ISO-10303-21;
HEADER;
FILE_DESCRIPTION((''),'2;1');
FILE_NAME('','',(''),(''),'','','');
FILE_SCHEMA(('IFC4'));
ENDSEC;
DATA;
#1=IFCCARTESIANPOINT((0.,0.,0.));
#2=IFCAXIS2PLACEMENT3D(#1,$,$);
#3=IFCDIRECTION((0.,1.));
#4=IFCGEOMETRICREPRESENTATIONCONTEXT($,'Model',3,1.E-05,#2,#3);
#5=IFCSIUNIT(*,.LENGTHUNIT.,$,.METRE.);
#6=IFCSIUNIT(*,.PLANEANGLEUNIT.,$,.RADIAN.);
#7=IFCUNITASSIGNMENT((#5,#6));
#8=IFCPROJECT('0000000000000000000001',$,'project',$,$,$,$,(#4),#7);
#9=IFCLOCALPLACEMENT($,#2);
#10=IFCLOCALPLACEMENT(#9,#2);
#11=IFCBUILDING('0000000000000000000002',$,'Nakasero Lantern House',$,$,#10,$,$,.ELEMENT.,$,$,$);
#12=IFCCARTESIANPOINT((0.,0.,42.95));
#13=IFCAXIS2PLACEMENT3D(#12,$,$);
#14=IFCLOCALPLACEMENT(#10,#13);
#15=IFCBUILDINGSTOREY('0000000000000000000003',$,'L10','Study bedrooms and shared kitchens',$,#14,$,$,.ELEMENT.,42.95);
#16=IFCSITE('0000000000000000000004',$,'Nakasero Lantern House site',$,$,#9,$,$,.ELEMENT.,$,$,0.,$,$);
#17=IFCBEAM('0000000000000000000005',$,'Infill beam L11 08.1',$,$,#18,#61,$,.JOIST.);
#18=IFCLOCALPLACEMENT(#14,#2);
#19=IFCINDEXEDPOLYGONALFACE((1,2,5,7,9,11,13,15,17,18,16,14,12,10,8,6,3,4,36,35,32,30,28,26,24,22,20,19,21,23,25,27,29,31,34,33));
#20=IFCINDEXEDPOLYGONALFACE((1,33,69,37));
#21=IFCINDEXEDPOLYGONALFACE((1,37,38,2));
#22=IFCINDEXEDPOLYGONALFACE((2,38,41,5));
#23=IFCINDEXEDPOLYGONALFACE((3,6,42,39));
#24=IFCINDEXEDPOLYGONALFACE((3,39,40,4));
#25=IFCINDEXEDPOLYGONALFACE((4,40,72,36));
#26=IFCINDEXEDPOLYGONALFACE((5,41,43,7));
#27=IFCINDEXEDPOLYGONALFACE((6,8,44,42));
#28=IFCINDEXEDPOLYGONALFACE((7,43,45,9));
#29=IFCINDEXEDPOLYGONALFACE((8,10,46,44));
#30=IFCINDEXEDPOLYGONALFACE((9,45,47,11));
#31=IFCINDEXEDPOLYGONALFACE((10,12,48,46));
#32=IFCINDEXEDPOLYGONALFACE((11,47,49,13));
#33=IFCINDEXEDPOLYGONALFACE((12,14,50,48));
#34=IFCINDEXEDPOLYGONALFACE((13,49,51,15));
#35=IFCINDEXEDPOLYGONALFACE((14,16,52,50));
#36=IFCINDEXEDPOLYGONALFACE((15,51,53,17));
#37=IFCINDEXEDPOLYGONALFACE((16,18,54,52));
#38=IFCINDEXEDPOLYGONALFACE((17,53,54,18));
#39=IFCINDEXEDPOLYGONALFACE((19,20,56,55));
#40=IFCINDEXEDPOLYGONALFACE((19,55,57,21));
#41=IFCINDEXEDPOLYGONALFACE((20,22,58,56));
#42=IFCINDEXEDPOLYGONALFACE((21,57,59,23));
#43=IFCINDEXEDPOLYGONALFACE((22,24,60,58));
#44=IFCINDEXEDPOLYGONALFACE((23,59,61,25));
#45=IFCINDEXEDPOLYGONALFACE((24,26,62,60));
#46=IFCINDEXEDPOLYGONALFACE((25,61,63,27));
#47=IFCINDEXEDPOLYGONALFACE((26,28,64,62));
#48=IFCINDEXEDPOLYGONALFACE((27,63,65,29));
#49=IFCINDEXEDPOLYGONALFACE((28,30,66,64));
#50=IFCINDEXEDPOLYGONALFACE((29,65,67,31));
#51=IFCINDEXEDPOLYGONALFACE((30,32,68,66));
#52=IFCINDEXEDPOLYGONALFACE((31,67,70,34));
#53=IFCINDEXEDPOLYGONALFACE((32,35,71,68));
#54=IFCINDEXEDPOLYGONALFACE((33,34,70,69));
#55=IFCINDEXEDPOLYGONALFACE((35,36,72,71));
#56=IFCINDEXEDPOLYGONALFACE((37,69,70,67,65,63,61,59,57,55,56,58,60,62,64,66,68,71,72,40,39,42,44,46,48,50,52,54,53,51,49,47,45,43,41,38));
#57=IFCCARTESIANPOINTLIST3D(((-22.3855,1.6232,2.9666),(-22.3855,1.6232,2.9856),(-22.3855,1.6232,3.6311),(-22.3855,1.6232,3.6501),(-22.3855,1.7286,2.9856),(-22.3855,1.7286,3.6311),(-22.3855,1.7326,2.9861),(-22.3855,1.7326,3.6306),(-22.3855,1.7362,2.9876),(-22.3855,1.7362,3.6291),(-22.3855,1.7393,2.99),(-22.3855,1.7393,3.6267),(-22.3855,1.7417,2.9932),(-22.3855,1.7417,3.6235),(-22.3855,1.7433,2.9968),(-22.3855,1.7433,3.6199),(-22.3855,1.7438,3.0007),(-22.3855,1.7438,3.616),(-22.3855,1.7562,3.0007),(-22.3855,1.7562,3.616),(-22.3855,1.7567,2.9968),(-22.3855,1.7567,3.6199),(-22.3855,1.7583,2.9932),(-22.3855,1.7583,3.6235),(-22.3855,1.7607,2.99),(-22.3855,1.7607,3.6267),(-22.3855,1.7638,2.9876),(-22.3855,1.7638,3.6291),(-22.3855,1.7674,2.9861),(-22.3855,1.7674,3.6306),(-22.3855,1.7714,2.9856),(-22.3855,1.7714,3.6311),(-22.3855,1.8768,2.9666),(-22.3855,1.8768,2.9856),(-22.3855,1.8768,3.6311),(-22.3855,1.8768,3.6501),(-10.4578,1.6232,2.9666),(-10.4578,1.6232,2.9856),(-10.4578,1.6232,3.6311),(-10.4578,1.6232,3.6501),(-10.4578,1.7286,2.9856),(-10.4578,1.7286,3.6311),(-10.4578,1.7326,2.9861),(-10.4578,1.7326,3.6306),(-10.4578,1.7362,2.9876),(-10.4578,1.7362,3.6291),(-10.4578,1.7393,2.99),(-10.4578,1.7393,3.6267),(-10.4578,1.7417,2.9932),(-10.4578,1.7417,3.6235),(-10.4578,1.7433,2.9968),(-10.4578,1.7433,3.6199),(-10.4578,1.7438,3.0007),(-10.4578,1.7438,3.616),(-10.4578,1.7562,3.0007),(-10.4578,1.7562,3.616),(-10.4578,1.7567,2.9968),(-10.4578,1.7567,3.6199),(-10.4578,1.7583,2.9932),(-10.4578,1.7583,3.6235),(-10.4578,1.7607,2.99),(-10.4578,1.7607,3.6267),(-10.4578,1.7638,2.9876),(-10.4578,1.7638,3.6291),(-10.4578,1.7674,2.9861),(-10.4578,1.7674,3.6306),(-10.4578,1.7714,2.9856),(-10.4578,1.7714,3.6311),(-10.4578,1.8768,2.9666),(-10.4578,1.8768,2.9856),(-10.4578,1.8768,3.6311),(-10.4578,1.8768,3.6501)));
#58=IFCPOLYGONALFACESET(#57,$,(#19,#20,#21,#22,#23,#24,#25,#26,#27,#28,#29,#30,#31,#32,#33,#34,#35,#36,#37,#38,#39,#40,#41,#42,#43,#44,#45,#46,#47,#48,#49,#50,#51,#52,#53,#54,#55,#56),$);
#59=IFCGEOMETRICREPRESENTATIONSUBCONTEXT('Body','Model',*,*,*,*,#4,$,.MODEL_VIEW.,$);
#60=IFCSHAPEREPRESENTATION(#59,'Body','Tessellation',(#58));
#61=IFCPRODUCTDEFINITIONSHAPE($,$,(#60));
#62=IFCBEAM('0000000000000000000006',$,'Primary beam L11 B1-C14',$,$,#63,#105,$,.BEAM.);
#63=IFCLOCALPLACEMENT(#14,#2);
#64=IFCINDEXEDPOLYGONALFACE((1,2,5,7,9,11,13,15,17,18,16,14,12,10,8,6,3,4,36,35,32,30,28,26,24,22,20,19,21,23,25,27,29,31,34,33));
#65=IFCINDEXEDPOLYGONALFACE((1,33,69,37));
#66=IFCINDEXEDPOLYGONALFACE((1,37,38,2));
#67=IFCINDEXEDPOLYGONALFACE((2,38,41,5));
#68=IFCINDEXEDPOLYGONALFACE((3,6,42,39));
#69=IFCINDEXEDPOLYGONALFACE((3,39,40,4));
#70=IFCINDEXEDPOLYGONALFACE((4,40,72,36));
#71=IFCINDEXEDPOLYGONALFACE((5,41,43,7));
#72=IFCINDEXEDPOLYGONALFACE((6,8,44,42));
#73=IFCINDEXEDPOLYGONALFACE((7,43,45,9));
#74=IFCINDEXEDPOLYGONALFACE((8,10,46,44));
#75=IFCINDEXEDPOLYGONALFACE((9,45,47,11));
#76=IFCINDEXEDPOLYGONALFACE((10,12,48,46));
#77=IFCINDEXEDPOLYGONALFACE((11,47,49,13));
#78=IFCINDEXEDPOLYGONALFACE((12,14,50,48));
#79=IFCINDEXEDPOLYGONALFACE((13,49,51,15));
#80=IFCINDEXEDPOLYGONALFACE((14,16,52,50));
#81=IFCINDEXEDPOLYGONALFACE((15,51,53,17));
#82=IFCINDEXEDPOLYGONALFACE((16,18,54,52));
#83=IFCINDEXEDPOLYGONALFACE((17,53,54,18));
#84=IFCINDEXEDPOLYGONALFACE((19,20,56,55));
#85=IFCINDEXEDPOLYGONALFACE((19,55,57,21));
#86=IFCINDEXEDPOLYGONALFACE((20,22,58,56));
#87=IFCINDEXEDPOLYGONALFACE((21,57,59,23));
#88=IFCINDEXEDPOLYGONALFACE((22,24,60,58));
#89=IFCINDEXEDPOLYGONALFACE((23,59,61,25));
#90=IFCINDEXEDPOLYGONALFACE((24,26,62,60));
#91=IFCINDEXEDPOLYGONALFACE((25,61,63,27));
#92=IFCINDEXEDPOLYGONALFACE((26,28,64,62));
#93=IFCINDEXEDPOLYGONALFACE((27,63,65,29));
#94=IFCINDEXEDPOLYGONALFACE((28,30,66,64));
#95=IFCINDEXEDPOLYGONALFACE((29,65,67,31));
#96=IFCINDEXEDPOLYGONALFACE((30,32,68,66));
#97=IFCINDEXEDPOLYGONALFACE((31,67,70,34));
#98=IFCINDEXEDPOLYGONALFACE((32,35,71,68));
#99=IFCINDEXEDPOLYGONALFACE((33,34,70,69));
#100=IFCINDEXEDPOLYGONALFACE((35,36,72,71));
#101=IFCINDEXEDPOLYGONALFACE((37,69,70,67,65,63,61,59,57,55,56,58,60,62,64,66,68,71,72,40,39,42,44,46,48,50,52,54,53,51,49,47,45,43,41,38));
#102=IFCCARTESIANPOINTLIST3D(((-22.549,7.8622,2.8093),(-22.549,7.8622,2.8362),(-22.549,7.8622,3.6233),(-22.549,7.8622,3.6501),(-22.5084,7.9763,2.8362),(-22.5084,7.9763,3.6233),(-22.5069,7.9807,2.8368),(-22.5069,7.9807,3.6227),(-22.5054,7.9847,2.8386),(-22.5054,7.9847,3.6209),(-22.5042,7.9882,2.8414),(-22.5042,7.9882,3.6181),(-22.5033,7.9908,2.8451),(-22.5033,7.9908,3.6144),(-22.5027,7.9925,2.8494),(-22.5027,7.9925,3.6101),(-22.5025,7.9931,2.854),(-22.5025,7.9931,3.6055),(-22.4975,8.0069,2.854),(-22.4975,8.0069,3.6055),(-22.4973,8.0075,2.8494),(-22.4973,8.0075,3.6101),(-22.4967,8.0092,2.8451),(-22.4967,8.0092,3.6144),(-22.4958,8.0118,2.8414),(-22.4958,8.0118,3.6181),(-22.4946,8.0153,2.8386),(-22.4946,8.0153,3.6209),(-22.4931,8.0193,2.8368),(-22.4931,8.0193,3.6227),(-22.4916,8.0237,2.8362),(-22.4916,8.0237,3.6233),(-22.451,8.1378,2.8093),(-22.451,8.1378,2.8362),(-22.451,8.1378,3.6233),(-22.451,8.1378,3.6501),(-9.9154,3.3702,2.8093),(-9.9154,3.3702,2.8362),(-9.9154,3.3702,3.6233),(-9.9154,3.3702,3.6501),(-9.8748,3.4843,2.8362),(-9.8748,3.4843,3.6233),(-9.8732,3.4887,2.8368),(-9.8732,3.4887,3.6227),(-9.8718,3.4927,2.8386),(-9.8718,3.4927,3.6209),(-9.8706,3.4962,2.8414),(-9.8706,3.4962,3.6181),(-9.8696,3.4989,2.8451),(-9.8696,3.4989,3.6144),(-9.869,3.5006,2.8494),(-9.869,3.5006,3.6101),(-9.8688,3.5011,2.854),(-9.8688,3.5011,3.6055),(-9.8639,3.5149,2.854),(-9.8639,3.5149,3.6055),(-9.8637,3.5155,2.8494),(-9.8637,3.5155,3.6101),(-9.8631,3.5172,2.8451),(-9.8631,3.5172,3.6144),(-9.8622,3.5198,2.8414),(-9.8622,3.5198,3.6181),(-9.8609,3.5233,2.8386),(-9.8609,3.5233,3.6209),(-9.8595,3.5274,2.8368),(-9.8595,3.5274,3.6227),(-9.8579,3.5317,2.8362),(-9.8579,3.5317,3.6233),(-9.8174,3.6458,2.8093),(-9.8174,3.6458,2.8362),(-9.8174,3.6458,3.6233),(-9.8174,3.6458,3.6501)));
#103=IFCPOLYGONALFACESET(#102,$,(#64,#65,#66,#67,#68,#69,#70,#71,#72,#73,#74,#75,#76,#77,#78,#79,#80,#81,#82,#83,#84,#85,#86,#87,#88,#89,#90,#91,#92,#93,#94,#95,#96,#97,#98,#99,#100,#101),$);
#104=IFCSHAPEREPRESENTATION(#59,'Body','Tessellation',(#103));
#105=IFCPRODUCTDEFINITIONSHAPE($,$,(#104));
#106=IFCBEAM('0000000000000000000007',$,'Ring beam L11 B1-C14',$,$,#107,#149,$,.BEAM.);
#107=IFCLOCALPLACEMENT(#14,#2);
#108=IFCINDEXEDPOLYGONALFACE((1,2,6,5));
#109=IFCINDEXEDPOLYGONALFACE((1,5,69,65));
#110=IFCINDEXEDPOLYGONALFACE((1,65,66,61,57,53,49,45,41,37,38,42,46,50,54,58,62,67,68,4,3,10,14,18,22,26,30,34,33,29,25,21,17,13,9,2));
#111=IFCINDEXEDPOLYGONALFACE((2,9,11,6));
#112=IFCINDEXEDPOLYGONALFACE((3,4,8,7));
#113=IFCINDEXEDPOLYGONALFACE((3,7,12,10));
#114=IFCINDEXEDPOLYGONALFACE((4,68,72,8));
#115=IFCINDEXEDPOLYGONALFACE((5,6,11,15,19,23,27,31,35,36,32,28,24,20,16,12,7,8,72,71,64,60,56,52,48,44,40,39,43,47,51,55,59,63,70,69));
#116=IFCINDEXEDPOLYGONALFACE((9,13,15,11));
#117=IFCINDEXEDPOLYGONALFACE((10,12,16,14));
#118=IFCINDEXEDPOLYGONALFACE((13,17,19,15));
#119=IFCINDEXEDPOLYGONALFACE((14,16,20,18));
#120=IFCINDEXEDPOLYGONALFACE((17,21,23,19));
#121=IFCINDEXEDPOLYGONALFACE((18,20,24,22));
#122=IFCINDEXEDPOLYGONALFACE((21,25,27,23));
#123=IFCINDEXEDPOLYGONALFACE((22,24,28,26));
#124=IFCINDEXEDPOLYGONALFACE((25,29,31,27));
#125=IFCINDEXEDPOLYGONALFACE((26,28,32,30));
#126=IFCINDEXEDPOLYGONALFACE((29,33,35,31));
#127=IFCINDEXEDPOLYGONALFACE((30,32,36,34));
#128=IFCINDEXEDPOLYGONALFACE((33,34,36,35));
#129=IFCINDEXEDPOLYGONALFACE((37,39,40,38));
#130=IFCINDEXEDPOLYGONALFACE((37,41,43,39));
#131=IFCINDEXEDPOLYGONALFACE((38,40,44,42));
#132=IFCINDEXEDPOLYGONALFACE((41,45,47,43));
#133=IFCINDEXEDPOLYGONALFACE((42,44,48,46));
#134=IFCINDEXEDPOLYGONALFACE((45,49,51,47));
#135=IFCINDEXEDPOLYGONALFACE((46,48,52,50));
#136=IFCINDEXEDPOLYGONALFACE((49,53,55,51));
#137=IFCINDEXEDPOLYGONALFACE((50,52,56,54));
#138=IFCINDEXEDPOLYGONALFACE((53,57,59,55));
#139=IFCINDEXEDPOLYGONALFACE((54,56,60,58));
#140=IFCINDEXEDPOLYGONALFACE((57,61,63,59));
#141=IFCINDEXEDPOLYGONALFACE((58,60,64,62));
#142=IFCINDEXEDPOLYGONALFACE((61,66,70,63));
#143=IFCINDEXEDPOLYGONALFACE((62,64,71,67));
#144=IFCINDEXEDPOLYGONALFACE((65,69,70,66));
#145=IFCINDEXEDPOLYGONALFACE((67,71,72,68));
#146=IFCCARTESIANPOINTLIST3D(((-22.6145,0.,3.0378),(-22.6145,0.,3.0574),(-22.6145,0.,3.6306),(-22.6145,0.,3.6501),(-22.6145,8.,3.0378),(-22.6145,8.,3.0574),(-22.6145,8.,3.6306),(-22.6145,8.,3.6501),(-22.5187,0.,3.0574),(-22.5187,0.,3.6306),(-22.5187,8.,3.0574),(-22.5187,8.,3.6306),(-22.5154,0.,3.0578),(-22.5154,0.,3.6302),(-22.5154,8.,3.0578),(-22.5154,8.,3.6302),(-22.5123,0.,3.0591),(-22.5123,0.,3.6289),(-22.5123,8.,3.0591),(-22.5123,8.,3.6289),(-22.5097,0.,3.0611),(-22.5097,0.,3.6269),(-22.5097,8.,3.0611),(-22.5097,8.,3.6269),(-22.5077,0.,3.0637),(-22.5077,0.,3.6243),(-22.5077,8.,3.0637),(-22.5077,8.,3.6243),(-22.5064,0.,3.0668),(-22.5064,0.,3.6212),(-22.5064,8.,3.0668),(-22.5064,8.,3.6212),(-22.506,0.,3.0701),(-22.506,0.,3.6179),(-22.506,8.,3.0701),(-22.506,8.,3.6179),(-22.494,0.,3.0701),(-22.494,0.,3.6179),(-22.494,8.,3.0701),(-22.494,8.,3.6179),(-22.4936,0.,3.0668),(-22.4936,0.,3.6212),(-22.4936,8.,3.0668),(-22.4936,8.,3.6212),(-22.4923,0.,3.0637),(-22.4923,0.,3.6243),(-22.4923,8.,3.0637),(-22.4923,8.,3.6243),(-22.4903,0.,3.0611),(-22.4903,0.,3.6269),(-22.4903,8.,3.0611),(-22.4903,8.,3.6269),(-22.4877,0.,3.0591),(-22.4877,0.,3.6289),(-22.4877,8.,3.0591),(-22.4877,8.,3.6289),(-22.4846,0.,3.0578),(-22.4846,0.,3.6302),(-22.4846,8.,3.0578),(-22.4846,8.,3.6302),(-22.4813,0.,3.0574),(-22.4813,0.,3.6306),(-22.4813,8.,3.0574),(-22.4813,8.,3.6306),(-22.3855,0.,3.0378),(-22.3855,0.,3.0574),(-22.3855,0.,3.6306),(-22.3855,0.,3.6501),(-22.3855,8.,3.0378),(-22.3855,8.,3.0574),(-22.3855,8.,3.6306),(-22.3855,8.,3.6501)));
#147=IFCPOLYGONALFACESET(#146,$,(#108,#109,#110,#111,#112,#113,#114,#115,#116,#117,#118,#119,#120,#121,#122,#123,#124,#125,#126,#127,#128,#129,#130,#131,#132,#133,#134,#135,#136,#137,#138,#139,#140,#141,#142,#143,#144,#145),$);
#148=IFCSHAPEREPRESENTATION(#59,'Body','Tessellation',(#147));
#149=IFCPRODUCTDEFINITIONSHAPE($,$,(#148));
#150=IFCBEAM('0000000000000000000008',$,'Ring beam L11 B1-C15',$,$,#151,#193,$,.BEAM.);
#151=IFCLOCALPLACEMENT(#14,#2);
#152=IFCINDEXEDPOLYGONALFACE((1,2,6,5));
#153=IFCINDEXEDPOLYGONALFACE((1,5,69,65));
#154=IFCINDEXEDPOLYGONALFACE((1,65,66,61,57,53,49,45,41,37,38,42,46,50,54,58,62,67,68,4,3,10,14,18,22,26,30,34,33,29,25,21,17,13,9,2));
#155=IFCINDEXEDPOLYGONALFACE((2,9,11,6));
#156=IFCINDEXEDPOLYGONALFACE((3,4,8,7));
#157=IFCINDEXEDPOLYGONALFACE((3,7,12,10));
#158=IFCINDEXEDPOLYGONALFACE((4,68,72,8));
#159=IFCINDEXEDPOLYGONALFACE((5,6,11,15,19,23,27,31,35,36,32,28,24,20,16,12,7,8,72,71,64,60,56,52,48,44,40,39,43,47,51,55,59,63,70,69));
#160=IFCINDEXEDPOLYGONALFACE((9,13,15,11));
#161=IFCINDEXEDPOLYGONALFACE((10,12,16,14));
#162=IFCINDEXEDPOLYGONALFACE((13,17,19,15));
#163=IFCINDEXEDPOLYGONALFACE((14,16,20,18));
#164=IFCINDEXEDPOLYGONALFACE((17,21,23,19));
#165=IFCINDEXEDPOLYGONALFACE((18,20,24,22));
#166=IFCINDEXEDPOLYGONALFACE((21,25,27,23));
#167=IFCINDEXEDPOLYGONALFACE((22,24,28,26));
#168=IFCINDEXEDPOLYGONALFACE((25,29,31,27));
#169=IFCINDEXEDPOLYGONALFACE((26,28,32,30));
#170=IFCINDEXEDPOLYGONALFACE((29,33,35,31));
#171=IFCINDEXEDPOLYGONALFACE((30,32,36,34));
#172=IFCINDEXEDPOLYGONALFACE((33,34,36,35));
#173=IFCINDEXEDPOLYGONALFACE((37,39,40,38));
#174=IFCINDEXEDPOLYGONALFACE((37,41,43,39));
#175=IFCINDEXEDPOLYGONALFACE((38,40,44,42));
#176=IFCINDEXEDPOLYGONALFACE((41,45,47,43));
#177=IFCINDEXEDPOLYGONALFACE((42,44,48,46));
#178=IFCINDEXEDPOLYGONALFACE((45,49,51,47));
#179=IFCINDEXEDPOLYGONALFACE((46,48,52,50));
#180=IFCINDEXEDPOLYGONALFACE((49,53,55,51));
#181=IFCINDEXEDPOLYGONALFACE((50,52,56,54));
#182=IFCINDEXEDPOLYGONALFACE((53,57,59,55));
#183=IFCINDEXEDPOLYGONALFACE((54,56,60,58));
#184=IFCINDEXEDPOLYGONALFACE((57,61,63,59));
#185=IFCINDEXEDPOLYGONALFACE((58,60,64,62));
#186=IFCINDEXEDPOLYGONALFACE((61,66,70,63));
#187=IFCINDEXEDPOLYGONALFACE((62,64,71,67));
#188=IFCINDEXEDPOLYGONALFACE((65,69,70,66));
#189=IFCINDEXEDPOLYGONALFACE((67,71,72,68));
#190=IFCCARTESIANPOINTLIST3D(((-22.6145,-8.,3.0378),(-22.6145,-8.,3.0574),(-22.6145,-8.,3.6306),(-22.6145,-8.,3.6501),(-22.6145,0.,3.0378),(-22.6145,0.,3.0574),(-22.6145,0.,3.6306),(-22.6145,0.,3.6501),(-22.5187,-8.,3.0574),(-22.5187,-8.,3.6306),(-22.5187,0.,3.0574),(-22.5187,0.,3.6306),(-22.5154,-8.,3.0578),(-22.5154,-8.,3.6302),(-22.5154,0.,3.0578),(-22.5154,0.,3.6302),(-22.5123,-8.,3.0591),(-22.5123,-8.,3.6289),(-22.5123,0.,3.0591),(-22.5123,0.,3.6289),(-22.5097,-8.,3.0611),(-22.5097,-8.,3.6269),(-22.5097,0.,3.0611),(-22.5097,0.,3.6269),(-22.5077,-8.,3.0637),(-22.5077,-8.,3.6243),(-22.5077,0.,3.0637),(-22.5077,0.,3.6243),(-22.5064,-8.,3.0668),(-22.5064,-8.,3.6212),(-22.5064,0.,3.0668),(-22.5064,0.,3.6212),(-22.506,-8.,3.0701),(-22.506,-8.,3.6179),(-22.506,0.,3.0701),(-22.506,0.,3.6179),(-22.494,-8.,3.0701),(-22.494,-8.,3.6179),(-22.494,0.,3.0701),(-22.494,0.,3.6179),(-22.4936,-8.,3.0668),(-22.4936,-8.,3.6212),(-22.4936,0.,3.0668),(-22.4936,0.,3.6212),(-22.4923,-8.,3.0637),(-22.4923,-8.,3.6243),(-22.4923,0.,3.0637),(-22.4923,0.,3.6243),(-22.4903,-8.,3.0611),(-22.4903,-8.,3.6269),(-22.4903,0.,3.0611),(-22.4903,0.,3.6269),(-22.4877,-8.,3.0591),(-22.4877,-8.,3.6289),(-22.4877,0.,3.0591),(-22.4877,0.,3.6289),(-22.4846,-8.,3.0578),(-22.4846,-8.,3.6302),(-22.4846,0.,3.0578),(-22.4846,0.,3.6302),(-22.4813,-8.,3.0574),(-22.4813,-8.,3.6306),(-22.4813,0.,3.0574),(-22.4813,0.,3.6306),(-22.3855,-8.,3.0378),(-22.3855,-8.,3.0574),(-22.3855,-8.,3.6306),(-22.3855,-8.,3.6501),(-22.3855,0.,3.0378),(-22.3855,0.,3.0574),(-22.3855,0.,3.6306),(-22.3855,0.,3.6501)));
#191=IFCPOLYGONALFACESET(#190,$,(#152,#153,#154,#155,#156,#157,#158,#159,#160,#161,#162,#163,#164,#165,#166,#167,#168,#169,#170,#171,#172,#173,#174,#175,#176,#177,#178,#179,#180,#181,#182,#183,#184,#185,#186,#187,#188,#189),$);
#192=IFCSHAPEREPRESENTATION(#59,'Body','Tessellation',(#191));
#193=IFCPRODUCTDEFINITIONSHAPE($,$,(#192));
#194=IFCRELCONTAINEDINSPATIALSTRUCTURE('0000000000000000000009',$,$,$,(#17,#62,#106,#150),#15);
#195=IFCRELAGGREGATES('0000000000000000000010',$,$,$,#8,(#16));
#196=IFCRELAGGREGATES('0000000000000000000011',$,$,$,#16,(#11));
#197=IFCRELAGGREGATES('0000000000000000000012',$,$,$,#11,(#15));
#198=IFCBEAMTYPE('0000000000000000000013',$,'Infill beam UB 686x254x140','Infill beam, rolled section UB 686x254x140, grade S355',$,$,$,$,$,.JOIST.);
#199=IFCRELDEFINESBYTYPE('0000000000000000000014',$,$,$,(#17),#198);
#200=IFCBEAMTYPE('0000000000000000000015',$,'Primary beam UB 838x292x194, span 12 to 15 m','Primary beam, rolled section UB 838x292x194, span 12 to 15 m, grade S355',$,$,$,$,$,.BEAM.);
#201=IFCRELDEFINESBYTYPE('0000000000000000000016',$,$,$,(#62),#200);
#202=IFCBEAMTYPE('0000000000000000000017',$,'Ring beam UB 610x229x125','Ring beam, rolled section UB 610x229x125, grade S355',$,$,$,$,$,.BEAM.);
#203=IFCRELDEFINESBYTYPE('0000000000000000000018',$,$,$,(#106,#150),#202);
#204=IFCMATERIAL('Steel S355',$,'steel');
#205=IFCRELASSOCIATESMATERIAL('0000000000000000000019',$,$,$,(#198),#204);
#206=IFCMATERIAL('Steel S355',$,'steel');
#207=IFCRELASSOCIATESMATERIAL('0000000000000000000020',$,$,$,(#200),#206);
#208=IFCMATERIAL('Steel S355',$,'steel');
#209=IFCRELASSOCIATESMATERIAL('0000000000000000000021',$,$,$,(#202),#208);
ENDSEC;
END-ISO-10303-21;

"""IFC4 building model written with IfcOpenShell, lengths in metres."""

from ifc_helpers import new_model, si_unit, direction, frame, origin, origin_2d, place, context, subcontext, project, spatial, i_section, extrude, material, material_profile, profile_set, type_object, element, save


model = new_model("IFC4")

# Units and contexts
model_context = context("Model", 3, precision=1e-05, world=origin(), true_north=direction((0.0, 1.0)))
body_context = subcontext(model_context, "Body", "Model", "MODEL_VIEW")
ifc_project = project(units=[si_unit("LENGTHUNIT", "METRE"), si_unit("PLANEANGLEUNIT", "RADIAN")], contexts=[model_context])

# Site, building, storey
site_placement = place(None, origin())
site = spatial("IfcSite", under=ifc_project, at=site_placement, Name="Nakasero Lantern House site", CompositionType="ELEMENT", RefElevation=0.0)
building_placement = place(site_placement, origin())
building = spatial("IfcBuilding", under=site, at=building_placement, Name="Nakasero Lantern House", CompositionType="ELEMENT")
storey_placement = place(building_placement, frame((0.0, 0.0, 42.95)))
storey = spatial("IfcBuildingStorey", under=building, at=storey_placement, Name="L10", Description="Study bedrooms and shared kitchens", CompositionType="ELEMENT", Elevation=42.95)

# Beams
ifc_material_1 = material(Name="Steel S355", Category="steel")
ifc_material_profile_1 = material_profile(ifc_material_1, i_section(OverallWidth=0.2537, OverallDepth=0.6836, WebThickness=0.0125, FlangeThickness=0.019, FilletRadius=0.0151, at=origin_2d()), Name="UB 686x254x140")
ifc_profile_set_1 = profile_set([ifc_material_profile_1], Name="Steel S355")
beam_type_1 = type_object("IfcBeamType", Name="Infill beam UB 686x254x140", Description="Infill beam, rolled section UB 686x254x140, grade S355", PredefinedType="JOIST", material=ifc_profile_set_1)
beam_1_placement = place(storey_placement, frame((-22.3855, 1.75, 3.3083), z_axis=(1.0, 0.0, 0.0), x_axis=(0.0, 1.0, 0.0)))
element("IfcBeam", 1, at=beam_1_placement, inside=storey, type_object=beam_type_1, Name="Infill beam L11 08.1", PredefinedType="JOIST", context=body_context, shape_type="SweptSolid", body=[
    extrude(i_section(OverallWidth=0.2537, OverallDepth=0.6836, WebThickness=0.0125, FlangeThickness=0.019, FilletRadius=0.0151, at=origin_2d()), origin(), (0.0, 0.0, 1.0), 11.9277),
])
ifc_material_2 = material(Name="Steel S355", Category="steel")
ifc_material_profile_2 = material_profile(ifc_material_2, i_section(OverallWidth=0.2925, OverallDepth=0.8408, WebThickness=0.0146, FlangeThickness=0.0269, FilletRadius=0.0178, at=origin_2d()), Name="UB 838x292x194")
ifc_profile_set_2 = profile_set([ifc_material_profile_2], Name="Steel S355")
beam_type_2 = type_object("IfcBeamType", Name="Primary beam UB 838x292x194, span 12 to 15 m", Description="Primary beam, rolled section UB 838x292x194, span 12 to 15 m, grade S355", PredefinedType="BEAM", material=ifc_profile_set_2)
beam_2_placement = place(storey_placement, frame((-22.5, 8.0, 3.2297), z_axis=(0.942214, -0.335011, 0.0), x_axis=(0.335011, 0.942214, 0.0)))
element("IfcBeam", 2, at=beam_2_placement, inside=storey, type_object=beam_type_2, Name="Primary beam L11 B1-C14", PredefinedType="BEAM", context=body_context, shape_type="SweptSolid", body=[
    extrude(i_section(OverallWidth=0.2925, OverallDepth=0.8408, WebThickness=0.0146, FlangeThickness=0.0269, FilletRadius=0.0178, at=origin_2d()), origin(), (0.0, 0.0, 1.0), 13.4084),
])
ifc_material_3 = material(Name="Steel S355", Category="steel")
ifc_material_profile_3 = material_profile(ifc_material_3, i_section(OverallWidth=0.229, OverallDepth=0.6123, WebThickness=0.012, FlangeThickness=0.0195, FilletRadius=0.0127, at=origin_2d()), Name="UB 610x229x125")
ifc_profile_set_3 = profile_set([ifc_material_profile_3], Name="Steel S355")
beam_type_3 = type_object("IfcBeamType", Name="Ring beam UB 610x229x125", Description="Ring beam, rolled section UB 610x229x125, grade S355", PredefinedType="BEAM", material=ifc_profile_set_3)
for number, where, z_axis, x_axis, name in (
    (3, (-22.5, 8.0, 3.344), (0.0, -1.0, 0.0), (1.0, 0.0, 0.0), "Ring beam L11 B1-C14"),
    (4, (-22.5, 0.0, 3.344), (0.0, -1.0, 0.0), (1.0, 0.0, 0.0), "Ring beam L11 B1-C15"),
):
    element("IfcBeam", number, at=place(storey_placement, frame(where, z_axis=z_axis, x_axis=x_axis)), inside=storey, type_object=beam_type_3, Name=name, PredefinedType="BEAM", context=body_context, shape_type="SweptSolid", body=[
        extrude(i_section(OverallWidth=0.229, OverallDepth=0.6123, WebThickness=0.012, FlangeThickness=0.0195, FilletRadius=0.0127, at=origin_2d()), origin(), (0.0, 0.0, 1.0), 8.0),
    ])

save(model, "model.ifc")
